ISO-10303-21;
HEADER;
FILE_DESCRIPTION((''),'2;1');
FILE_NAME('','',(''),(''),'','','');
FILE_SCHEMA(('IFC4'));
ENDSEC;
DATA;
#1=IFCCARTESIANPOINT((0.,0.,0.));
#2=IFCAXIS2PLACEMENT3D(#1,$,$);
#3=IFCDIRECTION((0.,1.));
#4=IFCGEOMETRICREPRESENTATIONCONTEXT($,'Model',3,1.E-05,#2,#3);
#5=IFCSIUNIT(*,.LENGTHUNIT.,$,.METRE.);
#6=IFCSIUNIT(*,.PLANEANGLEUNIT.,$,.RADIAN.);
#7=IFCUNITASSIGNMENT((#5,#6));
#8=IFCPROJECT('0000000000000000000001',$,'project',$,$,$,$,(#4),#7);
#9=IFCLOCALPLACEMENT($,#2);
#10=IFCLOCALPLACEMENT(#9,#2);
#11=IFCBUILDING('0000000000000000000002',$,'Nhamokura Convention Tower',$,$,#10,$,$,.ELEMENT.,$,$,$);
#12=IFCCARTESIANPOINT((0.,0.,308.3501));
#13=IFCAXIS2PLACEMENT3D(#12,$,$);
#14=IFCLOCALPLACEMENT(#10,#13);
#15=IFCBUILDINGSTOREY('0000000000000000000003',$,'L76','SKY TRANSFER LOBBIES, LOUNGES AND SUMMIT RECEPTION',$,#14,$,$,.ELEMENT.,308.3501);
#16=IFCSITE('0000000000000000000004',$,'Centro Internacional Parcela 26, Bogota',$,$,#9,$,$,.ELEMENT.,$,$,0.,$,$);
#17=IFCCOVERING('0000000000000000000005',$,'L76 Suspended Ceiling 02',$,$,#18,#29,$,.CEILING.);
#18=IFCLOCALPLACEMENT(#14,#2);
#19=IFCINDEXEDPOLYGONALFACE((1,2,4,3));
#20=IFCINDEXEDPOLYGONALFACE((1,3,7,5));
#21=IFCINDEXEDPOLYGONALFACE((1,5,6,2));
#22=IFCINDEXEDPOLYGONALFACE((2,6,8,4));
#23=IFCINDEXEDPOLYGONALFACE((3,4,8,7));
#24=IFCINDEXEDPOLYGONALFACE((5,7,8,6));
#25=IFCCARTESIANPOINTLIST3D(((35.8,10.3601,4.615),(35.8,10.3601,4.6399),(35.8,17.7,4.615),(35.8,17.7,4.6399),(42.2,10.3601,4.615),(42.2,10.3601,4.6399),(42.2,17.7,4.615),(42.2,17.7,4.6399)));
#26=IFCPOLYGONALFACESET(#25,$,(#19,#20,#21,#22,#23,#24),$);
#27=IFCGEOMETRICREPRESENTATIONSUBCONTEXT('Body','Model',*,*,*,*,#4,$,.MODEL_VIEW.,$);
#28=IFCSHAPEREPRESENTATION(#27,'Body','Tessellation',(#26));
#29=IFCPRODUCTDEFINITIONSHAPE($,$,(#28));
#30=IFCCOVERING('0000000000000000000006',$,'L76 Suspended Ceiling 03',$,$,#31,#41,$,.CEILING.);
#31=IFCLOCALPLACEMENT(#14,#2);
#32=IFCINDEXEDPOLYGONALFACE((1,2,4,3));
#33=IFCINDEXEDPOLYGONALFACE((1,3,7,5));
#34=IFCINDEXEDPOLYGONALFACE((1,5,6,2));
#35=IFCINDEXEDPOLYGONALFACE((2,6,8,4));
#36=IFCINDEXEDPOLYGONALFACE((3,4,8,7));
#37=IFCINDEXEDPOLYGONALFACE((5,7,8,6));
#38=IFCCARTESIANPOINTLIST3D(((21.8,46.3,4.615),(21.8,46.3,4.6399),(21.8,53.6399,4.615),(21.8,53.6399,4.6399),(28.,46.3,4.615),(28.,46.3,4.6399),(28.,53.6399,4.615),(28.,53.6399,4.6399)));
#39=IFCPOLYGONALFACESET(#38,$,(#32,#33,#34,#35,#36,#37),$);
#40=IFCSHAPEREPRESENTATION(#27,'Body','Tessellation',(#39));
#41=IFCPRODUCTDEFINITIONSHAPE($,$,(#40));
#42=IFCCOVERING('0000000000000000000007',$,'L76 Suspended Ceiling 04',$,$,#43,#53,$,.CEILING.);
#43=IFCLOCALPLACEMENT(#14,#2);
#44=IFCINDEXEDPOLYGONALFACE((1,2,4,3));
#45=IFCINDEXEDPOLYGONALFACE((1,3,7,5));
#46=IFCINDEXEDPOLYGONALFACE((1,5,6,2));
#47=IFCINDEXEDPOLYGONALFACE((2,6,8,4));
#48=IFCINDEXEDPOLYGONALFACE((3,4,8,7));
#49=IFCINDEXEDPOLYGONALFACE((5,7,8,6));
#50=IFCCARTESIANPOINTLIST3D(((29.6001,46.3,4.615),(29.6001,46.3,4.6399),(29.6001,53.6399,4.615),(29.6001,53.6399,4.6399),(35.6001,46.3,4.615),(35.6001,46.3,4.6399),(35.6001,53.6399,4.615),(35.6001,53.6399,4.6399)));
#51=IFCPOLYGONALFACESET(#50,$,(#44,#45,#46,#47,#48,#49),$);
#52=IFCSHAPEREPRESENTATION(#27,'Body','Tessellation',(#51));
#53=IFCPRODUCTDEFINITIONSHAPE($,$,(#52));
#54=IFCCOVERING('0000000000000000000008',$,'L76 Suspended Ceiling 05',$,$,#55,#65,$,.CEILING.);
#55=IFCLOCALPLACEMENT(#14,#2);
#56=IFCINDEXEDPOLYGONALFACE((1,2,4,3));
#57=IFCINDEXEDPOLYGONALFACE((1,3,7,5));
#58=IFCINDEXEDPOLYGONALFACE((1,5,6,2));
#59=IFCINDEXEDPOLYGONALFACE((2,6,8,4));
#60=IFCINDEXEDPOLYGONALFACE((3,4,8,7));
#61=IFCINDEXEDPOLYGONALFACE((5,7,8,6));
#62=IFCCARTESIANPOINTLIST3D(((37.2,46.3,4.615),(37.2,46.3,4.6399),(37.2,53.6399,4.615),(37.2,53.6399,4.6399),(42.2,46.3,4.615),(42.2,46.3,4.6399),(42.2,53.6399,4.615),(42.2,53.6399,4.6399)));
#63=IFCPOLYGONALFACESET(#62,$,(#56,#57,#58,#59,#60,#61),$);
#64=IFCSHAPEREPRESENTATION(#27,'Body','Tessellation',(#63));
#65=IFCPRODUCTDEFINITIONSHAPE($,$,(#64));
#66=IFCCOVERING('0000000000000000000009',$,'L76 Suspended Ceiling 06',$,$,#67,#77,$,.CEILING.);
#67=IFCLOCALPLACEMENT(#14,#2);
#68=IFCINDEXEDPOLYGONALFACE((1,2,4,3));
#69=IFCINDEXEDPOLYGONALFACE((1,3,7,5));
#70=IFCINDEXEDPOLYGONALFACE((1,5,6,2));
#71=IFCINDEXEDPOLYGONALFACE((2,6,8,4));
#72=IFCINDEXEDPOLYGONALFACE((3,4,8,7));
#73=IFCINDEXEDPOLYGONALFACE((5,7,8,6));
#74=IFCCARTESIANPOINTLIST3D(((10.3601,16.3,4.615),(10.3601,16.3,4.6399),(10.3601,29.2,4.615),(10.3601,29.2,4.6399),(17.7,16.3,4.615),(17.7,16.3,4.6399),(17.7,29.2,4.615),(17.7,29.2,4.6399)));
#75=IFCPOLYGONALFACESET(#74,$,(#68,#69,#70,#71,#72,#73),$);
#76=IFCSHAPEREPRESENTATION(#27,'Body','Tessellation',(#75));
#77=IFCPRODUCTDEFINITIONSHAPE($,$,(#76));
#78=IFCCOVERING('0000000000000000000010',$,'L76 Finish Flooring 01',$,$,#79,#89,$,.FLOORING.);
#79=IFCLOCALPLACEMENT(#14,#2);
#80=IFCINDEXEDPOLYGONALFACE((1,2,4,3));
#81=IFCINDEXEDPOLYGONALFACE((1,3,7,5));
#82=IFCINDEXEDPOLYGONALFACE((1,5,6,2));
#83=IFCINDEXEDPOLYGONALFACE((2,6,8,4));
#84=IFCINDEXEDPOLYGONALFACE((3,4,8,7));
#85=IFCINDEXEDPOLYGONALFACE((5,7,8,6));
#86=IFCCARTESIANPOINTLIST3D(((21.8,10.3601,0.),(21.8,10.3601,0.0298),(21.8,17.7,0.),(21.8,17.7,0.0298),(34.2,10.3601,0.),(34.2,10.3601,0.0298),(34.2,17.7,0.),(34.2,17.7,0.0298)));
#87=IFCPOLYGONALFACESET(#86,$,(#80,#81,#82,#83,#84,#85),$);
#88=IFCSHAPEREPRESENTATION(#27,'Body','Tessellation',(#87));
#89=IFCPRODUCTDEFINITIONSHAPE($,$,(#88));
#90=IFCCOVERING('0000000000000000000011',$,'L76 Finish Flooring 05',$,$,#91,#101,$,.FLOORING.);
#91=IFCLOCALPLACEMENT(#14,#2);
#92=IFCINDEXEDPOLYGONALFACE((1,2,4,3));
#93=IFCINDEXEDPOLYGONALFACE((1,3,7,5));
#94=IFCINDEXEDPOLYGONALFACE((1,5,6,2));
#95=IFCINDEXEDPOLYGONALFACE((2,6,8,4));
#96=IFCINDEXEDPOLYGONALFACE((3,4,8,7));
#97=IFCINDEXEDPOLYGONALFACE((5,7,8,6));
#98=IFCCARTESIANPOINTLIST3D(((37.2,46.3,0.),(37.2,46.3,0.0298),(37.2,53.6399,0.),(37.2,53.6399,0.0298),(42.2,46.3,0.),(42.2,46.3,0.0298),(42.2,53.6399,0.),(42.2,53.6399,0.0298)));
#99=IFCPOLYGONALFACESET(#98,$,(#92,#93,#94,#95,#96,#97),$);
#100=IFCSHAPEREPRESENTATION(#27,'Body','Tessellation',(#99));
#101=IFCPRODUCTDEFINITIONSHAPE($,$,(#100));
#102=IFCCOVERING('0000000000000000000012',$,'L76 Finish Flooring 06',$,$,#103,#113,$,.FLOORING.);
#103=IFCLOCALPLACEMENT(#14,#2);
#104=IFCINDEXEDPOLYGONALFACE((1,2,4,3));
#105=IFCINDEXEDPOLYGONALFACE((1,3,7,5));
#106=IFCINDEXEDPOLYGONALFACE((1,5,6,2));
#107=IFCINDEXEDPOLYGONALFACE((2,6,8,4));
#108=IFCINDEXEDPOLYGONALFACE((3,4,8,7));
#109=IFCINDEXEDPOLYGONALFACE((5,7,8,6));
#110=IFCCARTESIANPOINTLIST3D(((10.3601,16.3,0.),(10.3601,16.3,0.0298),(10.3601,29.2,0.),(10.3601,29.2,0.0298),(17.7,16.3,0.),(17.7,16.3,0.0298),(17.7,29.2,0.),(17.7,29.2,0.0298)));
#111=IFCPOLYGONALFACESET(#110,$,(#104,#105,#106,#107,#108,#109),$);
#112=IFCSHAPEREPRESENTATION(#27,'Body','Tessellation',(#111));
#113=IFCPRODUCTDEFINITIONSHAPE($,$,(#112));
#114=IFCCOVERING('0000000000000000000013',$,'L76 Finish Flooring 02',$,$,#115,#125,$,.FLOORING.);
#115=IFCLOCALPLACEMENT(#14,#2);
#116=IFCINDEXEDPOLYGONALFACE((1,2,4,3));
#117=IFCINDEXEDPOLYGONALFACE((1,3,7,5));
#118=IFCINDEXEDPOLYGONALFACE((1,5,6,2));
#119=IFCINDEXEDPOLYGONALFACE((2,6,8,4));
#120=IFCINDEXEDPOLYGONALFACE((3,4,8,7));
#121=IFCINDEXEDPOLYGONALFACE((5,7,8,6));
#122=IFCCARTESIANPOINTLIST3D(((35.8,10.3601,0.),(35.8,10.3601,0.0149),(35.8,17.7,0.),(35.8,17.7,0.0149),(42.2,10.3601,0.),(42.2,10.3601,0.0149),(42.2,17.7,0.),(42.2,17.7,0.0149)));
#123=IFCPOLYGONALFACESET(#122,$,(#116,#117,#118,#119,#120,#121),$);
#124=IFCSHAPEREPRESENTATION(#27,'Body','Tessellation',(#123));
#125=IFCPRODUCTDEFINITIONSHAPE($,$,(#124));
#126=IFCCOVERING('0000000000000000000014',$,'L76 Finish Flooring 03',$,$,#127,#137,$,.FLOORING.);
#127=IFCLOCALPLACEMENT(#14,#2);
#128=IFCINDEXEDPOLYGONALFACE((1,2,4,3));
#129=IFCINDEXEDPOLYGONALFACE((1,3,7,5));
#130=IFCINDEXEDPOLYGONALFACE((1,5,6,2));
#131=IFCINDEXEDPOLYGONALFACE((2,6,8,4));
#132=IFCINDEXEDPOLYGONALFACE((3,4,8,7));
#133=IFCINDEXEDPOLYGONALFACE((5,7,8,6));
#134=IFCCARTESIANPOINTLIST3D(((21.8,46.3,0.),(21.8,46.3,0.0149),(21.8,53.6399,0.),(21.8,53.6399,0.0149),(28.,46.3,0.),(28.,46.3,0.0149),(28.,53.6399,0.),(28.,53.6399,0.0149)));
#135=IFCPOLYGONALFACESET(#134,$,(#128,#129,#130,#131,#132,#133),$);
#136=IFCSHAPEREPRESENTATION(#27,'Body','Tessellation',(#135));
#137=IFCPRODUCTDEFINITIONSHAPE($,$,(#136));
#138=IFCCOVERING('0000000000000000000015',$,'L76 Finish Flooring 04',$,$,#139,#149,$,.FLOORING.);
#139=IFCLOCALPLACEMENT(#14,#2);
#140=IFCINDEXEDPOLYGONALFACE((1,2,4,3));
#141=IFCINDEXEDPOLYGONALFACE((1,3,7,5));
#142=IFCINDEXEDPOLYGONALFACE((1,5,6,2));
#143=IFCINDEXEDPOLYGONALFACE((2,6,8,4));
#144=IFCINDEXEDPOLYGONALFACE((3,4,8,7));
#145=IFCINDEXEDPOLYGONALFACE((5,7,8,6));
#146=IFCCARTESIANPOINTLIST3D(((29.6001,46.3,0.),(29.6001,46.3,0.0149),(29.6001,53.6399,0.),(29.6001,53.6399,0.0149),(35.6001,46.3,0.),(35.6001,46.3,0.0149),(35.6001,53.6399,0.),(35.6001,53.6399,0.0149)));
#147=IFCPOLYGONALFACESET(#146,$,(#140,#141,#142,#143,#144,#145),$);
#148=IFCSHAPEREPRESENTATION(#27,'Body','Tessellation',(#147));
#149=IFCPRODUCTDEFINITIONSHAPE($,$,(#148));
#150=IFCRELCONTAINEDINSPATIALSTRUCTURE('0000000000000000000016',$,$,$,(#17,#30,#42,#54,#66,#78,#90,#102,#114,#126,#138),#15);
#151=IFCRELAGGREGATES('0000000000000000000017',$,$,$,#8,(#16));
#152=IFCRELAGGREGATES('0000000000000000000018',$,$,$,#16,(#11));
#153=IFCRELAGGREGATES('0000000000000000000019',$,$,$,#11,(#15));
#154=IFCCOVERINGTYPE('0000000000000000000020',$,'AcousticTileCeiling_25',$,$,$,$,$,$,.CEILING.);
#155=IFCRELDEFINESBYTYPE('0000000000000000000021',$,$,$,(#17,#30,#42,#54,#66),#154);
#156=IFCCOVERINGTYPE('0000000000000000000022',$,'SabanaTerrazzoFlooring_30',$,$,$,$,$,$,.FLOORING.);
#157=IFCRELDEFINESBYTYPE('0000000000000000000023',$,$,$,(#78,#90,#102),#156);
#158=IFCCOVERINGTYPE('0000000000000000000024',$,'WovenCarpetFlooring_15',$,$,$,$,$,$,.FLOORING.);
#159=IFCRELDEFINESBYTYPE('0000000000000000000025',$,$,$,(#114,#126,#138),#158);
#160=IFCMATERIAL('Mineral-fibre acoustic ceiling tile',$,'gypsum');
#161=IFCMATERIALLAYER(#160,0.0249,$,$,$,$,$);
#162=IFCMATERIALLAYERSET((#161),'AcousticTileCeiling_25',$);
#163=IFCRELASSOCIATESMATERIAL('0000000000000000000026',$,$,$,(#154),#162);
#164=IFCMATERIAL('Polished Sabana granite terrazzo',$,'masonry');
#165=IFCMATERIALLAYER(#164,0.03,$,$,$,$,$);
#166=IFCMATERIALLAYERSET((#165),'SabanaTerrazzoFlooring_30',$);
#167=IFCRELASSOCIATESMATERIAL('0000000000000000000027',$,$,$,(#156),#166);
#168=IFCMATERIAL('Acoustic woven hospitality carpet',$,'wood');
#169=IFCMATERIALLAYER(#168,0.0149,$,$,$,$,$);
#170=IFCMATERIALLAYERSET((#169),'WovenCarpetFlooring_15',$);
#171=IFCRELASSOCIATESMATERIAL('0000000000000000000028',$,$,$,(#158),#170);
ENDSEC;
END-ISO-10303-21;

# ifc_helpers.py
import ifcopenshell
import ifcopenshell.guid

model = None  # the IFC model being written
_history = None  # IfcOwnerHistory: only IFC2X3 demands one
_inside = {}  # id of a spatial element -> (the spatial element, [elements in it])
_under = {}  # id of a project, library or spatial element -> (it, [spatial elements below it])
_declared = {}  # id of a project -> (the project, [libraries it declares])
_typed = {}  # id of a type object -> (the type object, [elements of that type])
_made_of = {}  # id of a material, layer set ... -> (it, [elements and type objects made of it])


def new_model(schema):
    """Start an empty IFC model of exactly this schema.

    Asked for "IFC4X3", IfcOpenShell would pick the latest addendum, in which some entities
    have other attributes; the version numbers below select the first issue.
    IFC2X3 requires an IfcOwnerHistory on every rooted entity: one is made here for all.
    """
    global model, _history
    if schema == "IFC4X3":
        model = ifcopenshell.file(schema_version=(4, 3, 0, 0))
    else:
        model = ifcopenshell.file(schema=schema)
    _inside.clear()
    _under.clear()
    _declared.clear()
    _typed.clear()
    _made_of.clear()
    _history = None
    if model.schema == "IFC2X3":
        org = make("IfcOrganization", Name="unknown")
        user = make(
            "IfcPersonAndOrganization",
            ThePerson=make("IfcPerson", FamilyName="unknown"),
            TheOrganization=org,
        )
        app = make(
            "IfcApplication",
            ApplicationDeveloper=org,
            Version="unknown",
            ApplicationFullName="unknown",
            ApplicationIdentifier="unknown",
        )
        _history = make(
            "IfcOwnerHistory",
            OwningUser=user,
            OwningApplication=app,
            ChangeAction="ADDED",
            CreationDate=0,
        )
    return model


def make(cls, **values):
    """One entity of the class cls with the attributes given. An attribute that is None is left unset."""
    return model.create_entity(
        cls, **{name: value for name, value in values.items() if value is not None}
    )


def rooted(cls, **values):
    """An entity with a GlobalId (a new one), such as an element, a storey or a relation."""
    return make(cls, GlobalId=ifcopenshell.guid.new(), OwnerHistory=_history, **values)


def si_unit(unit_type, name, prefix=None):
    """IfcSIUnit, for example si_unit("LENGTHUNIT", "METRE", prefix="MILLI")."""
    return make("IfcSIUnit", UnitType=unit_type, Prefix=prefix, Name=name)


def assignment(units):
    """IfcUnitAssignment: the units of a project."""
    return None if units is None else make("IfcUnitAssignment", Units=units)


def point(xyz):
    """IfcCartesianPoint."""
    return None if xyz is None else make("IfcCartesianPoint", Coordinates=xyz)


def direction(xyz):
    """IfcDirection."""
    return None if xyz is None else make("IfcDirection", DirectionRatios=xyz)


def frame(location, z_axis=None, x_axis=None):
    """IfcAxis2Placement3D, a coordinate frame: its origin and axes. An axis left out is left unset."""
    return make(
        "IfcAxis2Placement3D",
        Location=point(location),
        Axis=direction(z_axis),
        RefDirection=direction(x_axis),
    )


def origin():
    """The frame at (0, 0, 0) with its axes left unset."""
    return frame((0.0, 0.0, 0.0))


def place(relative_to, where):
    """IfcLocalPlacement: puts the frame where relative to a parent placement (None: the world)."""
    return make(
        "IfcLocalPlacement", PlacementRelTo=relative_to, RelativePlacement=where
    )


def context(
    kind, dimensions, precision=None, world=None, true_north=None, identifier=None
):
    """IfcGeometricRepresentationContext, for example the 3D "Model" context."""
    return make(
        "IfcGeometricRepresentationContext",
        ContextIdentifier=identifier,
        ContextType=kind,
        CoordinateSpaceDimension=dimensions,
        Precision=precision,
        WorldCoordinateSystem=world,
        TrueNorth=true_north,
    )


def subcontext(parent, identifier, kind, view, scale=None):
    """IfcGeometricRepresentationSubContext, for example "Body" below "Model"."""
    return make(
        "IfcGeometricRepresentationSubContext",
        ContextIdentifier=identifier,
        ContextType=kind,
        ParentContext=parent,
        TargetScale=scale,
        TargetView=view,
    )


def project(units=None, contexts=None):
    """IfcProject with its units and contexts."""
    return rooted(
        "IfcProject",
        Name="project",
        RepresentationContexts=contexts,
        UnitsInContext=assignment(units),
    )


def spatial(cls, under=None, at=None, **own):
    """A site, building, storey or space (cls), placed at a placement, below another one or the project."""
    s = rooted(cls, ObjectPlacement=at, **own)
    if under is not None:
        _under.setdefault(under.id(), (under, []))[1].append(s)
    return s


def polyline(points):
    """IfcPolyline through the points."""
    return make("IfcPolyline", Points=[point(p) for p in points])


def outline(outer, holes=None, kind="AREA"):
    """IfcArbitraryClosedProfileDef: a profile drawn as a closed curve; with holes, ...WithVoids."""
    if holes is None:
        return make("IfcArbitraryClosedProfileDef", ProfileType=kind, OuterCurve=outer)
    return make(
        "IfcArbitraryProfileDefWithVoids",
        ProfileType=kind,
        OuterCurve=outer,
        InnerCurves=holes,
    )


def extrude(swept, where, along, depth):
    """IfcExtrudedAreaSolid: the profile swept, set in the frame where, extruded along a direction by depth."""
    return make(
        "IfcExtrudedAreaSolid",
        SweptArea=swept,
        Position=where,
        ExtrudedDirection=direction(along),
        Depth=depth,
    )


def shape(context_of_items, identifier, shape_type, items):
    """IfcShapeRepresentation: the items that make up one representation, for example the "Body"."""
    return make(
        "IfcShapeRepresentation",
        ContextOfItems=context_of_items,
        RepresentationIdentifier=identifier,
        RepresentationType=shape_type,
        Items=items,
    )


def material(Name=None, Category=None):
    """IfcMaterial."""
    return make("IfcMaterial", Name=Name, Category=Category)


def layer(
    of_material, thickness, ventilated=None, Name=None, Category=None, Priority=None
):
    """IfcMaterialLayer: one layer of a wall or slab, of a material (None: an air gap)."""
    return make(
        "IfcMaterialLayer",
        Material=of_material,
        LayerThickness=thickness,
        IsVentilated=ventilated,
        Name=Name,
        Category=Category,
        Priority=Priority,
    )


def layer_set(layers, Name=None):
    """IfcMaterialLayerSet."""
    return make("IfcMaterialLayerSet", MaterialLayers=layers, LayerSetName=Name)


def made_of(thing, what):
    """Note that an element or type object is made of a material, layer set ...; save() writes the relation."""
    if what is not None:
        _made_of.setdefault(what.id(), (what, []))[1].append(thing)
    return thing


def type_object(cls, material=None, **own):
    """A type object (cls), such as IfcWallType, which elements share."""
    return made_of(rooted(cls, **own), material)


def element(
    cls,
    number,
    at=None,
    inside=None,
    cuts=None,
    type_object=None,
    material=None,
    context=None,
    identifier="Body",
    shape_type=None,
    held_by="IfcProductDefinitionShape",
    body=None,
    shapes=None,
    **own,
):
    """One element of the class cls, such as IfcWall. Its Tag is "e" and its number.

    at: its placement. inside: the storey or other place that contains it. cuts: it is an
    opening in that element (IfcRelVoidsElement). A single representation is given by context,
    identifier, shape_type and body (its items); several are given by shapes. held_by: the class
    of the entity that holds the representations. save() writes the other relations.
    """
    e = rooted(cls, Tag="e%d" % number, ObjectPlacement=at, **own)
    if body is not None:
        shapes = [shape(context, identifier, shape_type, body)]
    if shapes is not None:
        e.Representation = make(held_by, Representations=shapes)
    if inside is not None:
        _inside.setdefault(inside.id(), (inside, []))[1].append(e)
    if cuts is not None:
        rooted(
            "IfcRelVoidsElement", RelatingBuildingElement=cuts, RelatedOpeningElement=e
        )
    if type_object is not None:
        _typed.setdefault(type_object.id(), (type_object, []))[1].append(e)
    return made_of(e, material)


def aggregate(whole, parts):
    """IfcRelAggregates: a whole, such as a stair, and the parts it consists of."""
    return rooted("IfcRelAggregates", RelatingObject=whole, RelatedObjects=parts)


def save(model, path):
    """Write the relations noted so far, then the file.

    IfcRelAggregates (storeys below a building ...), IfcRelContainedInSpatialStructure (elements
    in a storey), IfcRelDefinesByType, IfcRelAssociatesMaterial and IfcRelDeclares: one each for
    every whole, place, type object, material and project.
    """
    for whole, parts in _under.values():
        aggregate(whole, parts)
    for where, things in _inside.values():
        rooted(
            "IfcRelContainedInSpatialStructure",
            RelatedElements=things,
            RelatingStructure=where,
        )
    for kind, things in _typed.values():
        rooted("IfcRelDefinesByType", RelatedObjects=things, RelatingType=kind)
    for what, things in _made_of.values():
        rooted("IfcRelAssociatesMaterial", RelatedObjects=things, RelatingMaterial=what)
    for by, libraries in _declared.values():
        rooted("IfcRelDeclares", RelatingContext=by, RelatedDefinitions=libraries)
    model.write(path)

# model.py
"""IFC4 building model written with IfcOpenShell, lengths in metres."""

from ifc_helpers import new_model, si_unit, direction, frame, origin, place, context, subcontext, project, spatial, polyline, outline, extrude, material, layer, layer_set, type_object, element, save


model = new_model("IFC4")

# Units and contexts
model_context = context("Model", 3, precision=1e-05, world=origin(), true_north=direction((0.0, 1.0)))
body_context = subcontext(model_context, "Body", "Model", "MODEL_VIEW")
ifc_project = project(units=[si_unit("LENGTHUNIT", "METRE"), si_unit("PLANEANGLEUNIT", "RADIAN")], contexts=[model_context])

# Site, building, storey
site_placement = place(None, origin())
site = spatial("IfcSite", under=ifc_project, at=site_placement, Name="Centro Internacional Parcela 26, Bogota", CompositionType="ELEMENT", RefElevation=0.0)
building_placement = place(site_placement, origin())
building = spatial("IfcBuilding", under=site, at=building_placement, Name="Nhamokura Convention Tower", CompositionType="ELEMENT")
storey_placement = place(building_placement, frame((0.0, 0.0, 308.3501)))
storey = spatial("IfcBuildingStorey", under=building, at=storey_placement, Name="L76", Description="SKY TRANSFER LOBBIES, LOUNGES AND SUMMIT RECEPTION", CompositionType="ELEMENT", Elevation=308.3501)

# Coverings
ifc_material_1 = material(Name="Mineral-fibre acoustic ceiling tile", Category="gypsum")
ifc_layer_1 = layer(ifc_material_1, 0.0249)
ifc_layer_set_1 = layer_set([ifc_layer_1], Name="AcousticTileCeiling_25")
covering_type_1 = type_object("IfcCoveringType", Name="AcousticTileCeiling_25", PredefinedType="CEILING", material=ifc_layer_set_1)
covering_1_placement = place(storey_placement, frame((0.0, 0.0, 4.615)))
element("IfcCovering", 1, at=covering_1_placement, inside=storey, type_object=covering_type_1, Name="L76 Suspended Ceiling 02", PredefinedType="CEILING", context=body_context, shape_type="SweptSolid", body=[
    extrude(outline(polyline([(35.8, 10.3601), (42.2, 10.3601), (42.2, 17.7), (35.8, 17.7), (35.8, 10.3601)])), origin(), (0.0, 0.0, 1.0), 0.0249),
])
covering_2_placement = place(storey_placement, frame((0.0, 0.0, 4.615)))
element("IfcCovering", 2, at=covering_2_placement, inside=storey, type_object=covering_type_1, Name="L76 Suspended Ceiling 03", PredefinedType="CEILING", context=body_context, shape_type="SweptSolid", body=[
    extrude(outline(polyline([(21.8, 46.3), (28.0, 46.3), (28.0, 53.6399), (21.8, 53.6399), (21.8, 46.3)])), origin(), (0.0, 0.0, 1.0), 0.0249),
])
covering_3_placement = place(storey_placement, frame((0.0, 0.0, 4.615)))
element("IfcCovering", 3, at=covering_3_placement, inside=storey, type_object=covering_type_1, Name="L76 Suspended Ceiling 04", PredefinedType="CEILING", context=body_context, shape_type="SweptSolid", body=[
    extrude(outline(polyline([(29.6001, 46.3), (35.6001, 46.3), (35.6001, 53.6399), (29.6001, 53.6399), (29.6001, 46.3)])), origin(), (0.0, 0.0, 1.0), 0.0249),
])
covering_4_placement = place(storey_placement, frame((0.0, 0.0, 4.615)))
element("IfcCovering", 4, at=covering_4_placement, inside=storey, type_object=covering_type_1, Name="L76 Suspended Ceiling 05", PredefinedType="CEILING", context=body_context, shape_type="SweptSolid", body=[
    extrude(outline(polyline([(37.2, 46.3), (42.2, 46.3), (42.2, 53.6399), (37.2, 53.6399), (37.2, 46.3)])), origin(), (0.0, 0.0, 1.0), 0.0249),
])
covering_5_placement = place(storey_placement, frame((0.0, 0.0, 4.615)))
element("IfcCovering", 5, at=covering_5_placement, inside=storey, type_object=covering_type_1, Name="L76 Suspended Ceiling 06", PredefinedType="CEILING", context=body_context, shape_type="SweptSolid", body=[
    extrude(outline(polyline([(10.3601, 16.3), (17.7, 16.3), (17.7, 29.2), (10.3601, 29.2), (10.3601, 16.3)])), origin(), (0.0, 0.0, 1.0), 0.0249),
])
ifc_material_2 = material(Name="Polished Sabana granite terrazzo", Category="masonry")
ifc_layer_2 = layer(ifc_material_2, 0.03)
ifc_layer_set_2 = layer_set([ifc_layer_2], Name="SabanaTerrazzoFlooring_30")
covering_type_2 = type_object("IfcCoveringType", Name="SabanaTerrazzoFlooring_30", PredefinedType="FLOORING", material=ifc_layer_set_2)
covering_6_placement = place(storey_placement, origin())
element("IfcCovering", 6, at=covering_6_placement, inside=storey, type_object=covering_type_2, Name="L76 Finish Flooring 01", PredefinedType="FLOORING", context=body_context, shape_type="SweptSolid", body=[
    extrude(outline(polyline([(21.8, 10.3601), (34.2, 10.3601), (34.2, 17.7), (21.8, 17.7), (21.8, 10.3601)])), origin(), (0.0, 0.0, 1.0), 0.0298),
])
covering_7_placement = place(storey_placement, origin())
element("IfcCovering", 7, at=covering_7_placement, inside=storey, type_object=covering_type_2, Name="L76 Finish Flooring 05", PredefinedType="FLOORING", context=body_context, shape_type="SweptSolid", body=[
    extrude(outline(polyline([(37.2, 46.3), (42.2, 46.3), (42.2, 53.6399), (37.2, 53.6399), (37.2, 46.3)])), origin(), (0.0, 0.0, 1.0), 0.0298),
])
covering_8_placement = place(storey_placement, origin())
element("IfcCovering", 8, at=covering_8_placement, inside=storey, type_object=covering_type_2, Name="L76 Finish Flooring 06", PredefinedType="FLOORING", context=body_context, shape_type="SweptSolid", body=[
    extrude(outline(polyline([(10.3601, 16.3), (17.7, 16.3), (17.7, 29.2), (10.3601, 29.2), (10.3601, 16.3)])), origin(), (0.0, 0.0, 1.0), 0.0298),
])
ifc_material_3 = material(Name="Acoustic woven hospitality carpet", Category="wood")
ifc_layer_3 = layer(ifc_material_3, 0.0149)
ifc_layer_set_3 = layer_set([ifc_layer_3], Name="WovenCarpetFlooring_15")
covering_type_3 = type_object("IfcCoveringType", Name="WovenCarpetFlooring_15", PredefinedType="FLOORING", material=ifc_layer_set_3)
covering_9_placement = place(storey_placement, origin())
element("IfcCovering", 9, at=covering_9_placement, inside=storey, type_object=covering_type_3, Name="L76 Finish Flooring 02", PredefinedType="FLOORING", context=body_context, shape_type="SweptSolid", body=[
    extrude(outline(polyline([(35.8, 10.3601), (42.2, 10.3601), (42.2, 17.7), (35.8, 17.7), (35.8, 10.3601)])), origin(), (0.0, 0.0, 1.0), 0.0149),
])
covering_10_placement = place(storey_placement, origin())
element("IfcCovering", 10, at=covering_10_placement, inside=storey, type_object=covering_type_3, Name="L76 Finish Flooring 03", PredefinedType="FLOORING", context=body_context, shape_type="SweptSolid", body=[
    extrude(outline(polyline([(21.8, 46.3), (28.0, 46.3), (28.0, 53.6399), (21.8, 53.6399), (21.8, 46.3)])), origin(), (0.0, 0.0, 1.0), 0.0149),
])
covering_11_placement = place(storey_placement, origin())
element("IfcCovering", 11, at=covering_11_placement, inside=storey, type_object=covering_type_3, Name="L76 Finish Flooring 04", PredefinedType="FLOORING", context=body_context, shape_type="SweptSolid", body=[
    extrude(outline(polyline([(29.6001, 46.3), (35.6001, 46.3), (35.6001, 53.6399), (29.6001, 53.6399), (29.6001, 46.3)])), origin(), (0.0, 0.0, 1.0), 0.0149),
])

save(model, "model.ifc")
